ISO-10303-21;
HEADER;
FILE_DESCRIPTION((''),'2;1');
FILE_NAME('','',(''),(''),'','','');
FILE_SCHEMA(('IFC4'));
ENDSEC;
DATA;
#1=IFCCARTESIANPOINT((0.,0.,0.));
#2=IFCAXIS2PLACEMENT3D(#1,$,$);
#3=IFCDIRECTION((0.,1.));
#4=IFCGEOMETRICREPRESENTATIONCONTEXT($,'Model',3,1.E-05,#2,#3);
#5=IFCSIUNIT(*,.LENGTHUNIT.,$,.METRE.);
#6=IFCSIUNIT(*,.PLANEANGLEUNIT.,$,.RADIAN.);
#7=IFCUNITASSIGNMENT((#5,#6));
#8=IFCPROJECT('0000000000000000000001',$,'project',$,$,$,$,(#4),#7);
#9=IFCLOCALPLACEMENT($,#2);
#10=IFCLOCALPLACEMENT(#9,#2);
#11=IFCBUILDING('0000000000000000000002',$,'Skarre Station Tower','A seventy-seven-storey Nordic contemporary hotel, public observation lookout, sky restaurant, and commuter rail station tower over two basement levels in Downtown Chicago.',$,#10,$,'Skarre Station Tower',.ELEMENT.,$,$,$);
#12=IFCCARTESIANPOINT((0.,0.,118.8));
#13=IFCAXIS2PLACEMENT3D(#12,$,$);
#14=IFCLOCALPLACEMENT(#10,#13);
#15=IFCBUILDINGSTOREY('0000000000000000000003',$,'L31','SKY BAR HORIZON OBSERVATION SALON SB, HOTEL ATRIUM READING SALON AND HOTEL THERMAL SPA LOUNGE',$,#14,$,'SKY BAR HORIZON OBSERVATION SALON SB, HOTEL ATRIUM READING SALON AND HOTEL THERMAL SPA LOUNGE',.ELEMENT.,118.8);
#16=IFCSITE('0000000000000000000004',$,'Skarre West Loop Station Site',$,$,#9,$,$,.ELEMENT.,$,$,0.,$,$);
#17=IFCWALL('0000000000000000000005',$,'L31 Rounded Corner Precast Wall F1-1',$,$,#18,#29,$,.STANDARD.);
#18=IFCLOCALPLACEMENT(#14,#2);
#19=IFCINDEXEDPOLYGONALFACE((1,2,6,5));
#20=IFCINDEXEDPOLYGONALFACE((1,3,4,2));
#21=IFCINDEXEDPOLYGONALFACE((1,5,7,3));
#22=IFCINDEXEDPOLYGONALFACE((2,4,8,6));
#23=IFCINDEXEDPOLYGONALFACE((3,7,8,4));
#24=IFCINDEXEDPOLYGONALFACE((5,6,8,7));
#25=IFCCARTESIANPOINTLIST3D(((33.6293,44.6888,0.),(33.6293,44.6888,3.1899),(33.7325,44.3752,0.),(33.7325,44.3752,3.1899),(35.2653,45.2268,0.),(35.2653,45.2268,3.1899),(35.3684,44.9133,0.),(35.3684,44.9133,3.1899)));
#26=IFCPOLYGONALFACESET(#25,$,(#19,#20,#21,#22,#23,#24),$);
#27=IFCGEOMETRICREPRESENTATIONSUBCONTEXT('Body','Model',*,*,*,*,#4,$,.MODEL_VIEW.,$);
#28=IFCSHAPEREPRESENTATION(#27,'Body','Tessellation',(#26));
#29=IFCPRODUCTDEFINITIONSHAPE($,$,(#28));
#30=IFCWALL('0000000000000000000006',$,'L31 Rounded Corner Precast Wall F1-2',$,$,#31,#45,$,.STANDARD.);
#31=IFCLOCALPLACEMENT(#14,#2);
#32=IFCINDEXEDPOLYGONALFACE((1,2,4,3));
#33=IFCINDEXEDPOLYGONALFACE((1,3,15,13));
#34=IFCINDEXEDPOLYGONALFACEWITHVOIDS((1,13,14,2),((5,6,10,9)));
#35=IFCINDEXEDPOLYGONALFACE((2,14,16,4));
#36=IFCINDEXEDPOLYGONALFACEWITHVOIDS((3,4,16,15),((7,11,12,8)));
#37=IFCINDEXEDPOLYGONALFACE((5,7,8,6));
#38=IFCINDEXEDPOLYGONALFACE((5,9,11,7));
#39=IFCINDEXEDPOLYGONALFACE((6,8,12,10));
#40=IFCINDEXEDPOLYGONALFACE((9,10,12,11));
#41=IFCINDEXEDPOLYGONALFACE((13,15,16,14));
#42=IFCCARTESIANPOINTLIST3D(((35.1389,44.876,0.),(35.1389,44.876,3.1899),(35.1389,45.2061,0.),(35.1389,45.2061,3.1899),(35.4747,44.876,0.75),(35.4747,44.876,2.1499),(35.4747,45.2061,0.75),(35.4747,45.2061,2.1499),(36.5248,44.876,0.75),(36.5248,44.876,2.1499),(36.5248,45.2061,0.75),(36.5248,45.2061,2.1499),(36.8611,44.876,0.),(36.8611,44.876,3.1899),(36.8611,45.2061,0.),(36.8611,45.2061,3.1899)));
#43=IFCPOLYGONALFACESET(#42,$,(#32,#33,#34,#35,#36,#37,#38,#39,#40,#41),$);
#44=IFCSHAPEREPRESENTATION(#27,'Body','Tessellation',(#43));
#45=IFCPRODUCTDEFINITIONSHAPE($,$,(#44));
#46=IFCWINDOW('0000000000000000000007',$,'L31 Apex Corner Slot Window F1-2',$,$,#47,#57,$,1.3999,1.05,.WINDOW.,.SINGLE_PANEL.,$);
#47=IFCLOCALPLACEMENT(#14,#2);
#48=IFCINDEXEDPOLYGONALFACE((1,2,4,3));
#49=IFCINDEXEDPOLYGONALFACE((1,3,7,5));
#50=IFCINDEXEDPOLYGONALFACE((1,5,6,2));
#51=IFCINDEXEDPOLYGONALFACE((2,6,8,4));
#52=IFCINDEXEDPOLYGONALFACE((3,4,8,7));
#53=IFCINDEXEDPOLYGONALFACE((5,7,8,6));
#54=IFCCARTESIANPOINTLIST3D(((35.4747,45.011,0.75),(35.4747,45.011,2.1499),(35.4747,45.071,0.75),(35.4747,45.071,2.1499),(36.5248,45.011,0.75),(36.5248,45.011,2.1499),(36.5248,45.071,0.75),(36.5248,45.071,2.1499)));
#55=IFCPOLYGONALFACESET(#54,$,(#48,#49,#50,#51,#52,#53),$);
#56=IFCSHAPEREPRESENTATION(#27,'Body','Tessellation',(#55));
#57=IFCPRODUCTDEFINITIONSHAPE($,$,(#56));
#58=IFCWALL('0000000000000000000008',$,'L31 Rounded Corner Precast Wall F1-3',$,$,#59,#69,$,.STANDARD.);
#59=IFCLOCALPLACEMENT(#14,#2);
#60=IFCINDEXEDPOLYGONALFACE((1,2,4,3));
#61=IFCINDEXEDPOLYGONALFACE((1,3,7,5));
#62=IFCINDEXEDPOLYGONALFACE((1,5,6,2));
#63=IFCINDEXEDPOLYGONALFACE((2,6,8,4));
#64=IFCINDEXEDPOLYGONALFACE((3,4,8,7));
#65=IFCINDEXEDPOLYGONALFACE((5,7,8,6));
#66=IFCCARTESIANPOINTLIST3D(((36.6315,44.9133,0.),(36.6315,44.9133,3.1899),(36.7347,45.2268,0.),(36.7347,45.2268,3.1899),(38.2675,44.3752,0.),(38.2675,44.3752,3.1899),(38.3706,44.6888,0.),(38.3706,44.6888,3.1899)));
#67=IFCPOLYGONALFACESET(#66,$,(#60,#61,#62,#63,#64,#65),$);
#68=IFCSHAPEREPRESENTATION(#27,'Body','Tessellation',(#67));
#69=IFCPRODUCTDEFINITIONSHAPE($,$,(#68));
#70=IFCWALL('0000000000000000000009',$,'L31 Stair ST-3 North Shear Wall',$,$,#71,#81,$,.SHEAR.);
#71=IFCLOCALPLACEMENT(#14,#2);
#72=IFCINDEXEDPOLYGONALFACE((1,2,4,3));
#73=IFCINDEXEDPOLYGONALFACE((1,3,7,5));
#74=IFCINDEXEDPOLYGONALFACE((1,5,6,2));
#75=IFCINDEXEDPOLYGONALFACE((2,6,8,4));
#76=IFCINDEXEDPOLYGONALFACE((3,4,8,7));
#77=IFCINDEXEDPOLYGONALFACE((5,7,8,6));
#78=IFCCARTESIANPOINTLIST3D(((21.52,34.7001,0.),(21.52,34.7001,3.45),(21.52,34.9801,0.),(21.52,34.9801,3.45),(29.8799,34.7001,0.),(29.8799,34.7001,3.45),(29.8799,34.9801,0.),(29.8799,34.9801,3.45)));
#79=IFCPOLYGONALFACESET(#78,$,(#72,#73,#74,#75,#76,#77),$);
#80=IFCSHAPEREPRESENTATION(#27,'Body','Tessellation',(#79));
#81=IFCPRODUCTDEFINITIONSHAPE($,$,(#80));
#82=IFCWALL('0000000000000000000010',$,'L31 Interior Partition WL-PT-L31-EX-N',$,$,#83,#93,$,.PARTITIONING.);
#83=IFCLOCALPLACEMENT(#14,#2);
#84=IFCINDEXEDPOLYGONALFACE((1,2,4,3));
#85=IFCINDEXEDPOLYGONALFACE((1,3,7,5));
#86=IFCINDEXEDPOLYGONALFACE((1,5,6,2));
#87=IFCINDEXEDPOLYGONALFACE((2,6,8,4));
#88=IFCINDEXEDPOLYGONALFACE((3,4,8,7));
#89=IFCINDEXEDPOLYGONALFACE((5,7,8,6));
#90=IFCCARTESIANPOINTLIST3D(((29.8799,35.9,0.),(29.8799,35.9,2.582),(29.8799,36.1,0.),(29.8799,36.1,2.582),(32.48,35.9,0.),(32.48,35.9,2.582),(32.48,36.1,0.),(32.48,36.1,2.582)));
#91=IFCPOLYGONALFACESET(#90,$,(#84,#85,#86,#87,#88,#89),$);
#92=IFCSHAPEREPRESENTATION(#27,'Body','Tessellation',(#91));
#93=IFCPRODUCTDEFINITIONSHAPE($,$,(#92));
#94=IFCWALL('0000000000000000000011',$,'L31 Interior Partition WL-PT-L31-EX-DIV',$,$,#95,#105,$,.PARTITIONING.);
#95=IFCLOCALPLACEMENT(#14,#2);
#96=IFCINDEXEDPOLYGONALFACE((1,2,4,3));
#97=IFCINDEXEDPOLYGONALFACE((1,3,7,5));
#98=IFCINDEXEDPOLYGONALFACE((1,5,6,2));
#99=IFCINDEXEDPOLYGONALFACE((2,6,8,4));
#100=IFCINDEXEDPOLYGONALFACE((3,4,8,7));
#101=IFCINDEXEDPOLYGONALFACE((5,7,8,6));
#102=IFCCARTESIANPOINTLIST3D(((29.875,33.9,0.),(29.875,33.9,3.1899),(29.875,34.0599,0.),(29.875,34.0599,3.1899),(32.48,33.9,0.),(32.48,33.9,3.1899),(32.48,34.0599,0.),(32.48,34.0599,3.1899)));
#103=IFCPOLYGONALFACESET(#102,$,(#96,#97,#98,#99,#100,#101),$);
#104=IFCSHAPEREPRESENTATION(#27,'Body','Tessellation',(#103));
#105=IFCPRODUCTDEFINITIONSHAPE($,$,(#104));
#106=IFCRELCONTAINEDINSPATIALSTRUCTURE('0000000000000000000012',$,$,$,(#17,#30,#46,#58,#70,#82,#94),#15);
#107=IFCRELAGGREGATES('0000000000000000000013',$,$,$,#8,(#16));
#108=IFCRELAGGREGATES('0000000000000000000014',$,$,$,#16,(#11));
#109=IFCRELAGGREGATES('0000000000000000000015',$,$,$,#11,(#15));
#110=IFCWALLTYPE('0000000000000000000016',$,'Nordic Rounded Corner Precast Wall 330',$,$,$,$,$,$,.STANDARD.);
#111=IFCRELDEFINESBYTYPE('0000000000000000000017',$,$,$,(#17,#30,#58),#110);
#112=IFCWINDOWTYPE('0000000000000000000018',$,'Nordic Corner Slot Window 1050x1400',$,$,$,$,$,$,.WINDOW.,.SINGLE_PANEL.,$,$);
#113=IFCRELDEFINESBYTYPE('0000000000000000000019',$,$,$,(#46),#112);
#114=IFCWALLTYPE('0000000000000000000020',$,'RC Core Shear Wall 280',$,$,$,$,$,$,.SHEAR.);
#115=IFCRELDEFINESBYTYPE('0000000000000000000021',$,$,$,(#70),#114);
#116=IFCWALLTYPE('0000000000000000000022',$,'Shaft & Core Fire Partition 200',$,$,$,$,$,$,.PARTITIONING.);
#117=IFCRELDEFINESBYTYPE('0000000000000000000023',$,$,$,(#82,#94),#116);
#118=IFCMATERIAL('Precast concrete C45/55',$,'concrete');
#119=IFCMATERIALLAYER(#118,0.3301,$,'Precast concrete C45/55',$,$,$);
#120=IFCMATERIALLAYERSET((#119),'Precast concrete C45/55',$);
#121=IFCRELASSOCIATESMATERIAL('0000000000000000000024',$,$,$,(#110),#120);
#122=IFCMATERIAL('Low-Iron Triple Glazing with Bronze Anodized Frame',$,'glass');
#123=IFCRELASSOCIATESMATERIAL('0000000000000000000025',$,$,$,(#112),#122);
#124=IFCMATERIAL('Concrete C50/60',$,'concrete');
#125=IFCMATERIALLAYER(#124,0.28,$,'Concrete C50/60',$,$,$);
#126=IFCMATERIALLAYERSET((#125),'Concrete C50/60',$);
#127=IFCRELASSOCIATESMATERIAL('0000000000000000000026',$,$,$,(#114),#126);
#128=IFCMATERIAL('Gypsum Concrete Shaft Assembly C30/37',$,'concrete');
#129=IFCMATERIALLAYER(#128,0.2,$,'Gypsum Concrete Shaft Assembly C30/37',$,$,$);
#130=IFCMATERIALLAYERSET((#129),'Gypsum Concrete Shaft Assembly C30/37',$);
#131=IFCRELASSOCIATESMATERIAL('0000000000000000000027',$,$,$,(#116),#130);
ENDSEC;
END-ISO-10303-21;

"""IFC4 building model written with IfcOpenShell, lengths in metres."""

from ifc_helpers import new_model, si_unit, direction, frame, frame_2d, origin, place, context, subcontext, project, spatial, rectangle, extrude, material, layer, layer_set, type_object, element, fill, save


model = new_model("IFC4")

# Units and contexts
model_context = context("Model", 3, precision=1e-05, world=origin(), true_north=direction((0.0, 1.0)))
body_context = subcontext(model_context, "Body", "Model", "MODEL_VIEW")
ifc_project = project(units=[si_unit("LENGTHUNIT", "METRE"), si_unit("PLANEANGLEUNIT", "RADIAN")], contexts=[model_context])

# Site, building, storey
site_placement = place(None, origin())
site = spatial("IfcSite", under=ifc_project, at=site_placement, Name="Skarre West Loop Station Site", CompositionType="ELEMENT", RefElevation=0.0)
building_placement = place(site_placement, origin())
building = spatial("IfcBuilding", under=site, at=building_placement, Name="Skarre Station Tower", Description="A seventy-seven-storey Nordic contemporary hotel, public observation lookout, sky restaurant, and commuter rail station tower over two basement levels in Downtown Chicago.", LongName="Skarre Station Tower", CompositionType="ELEMENT")
storey_placement = place(building_placement, frame((0.0, 0.0, 118.8)))
storey = spatial("IfcBuildingStorey", under=building, at=storey_placement, Name="L31", Description="SKY BAR HORIZON OBSERVATION SALON SB, HOTEL ATRIUM READING SALON AND HOTEL THERMAL SPA LOUNGE", LongName="SKY BAR HORIZON OBSERVATION SALON SB, HOTEL ATRIUM READING SALON AND HOTEL THERMAL SPA LOUNGE", CompositionType="ELEMENT", Elevation=118.8)

# Wall
ifc_material_1 = material(Name="Precast concrete C45/55", Category="concrete")
ifc_layer_1 = layer(ifc_material_1, 0.3301, Name="Precast concrete C45/55")
ifc_layer_set_1 = layer_set([ifc_layer_1], Name="Precast concrete C45/55")
wall_type_1 = type_object("IfcWallType", Name="Nordic Rounded Corner Precast Wall 330", PredefinedType="STANDARD", material=ifc_layer_set_1)
wall_1_placement = place(storey_placement, frame((33.6809, 44.532, 0.0), z_axis=(0.0, 0.0, 1.0), x_axis=(0.949937, 0.31244, 0.0)))
element("IfcWall", 1, at=wall_1_placement, inside=storey, type_object=wall_type_1, Name="L31 Rounded Corner Precast Wall F1-1", PredefinedType="STANDARD", context=body_context, shape_type="SweptSolid", body=[
    extrude(rectangle(XDim=1.7222, YDim=0.3301, at=frame_2d((0.8611, 0.0))), origin(), (0.0, 0.0, 1.0), 3.1899),
])

# Wall, opening, window
wall_2_placement = place(storey_placement, frame((35.1389, 45.041, 0.0), z_axis=(0.0, 0.0, 1.0), x_axis=(1.0, 0.0, 0.0)))
wall_2 = element("IfcWall", 2, at=wall_2_placement, inside=storey, type_object=wall_type_1, Name="L31 Rounded Corner Precast Wall F1-2", PredefinedType="STANDARD", context=body_context, shape_type="SweptSolid", body=[
    extrude(rectangle(XDim=1.7222, YDim=0.3301, at=frame_2d((0.8611, 0.0))), origin(), (0.0, 0.0, 1.0), 3.1899),
])
opening_1_placement = place(wall_2_placement, frame((0.3359, 0.0, 0.75)))
opening_1 = element("IfcOpeningElement", 3, at=opening_1_placement, cuts=wall_2, PredefinedType="OPENING", context=body_context, shape_type="SweptSolid", body=[
    extrude(rectangle(XDim=1.05, YDim=1.3999, at=frame_2d((0.5249, 0.7))), frame((0.0, 0.175, 0.0), z_axis=(0.0, -1.0, 0.0), x_axis=(1.0, 0.0, 0.0)), (0.0, 0.0, 1.0), 0.3501),
])
ifc_material_2 = material(Name="Low-Iron Triple Glazing with Bronze Anodized Frame", Category="glass")
window_type = type_object("IfcWindowType", Name="Nordic Corner Slot Window 1050x1400", PartitioningType="SINGLE_PANEL", PredefinedType="WINDOW", material=ifc_material_2)
window_placement = place(opening_1_placement, origin())
window = element("IfcWindow", 4, at=window_placement, inside=storey, type_object=window_type, Name="L31 Apex Corner Slot Window F1-2", OverallHeight=1.3999, OverallWidth=1.05, PartitioningType="SINGLE_PANEL", PredefinedType="WINDOW", context=body_context, shape_type="SweptSolid", body=[
    extrude(rectangle(XDim=1.05, YDim=1.3999, at=frame_2d((0.5249, 0.7))), frame((0.0, 0.03, 0.0), z_axis=(0.0, -1.0, 0.0), x_axis=(1.0, 0.0, 0.0)), (0.0, 0.0, 1.0), 0.0601),
])
fill(opening_1, window)

# Walls
wall_3_placement = place(storey_placement, frame((36.6831, 45.0701, 0.0), z_axis=(0.0, 0.0, 1.0), x_axis=(0.949937, -0.31244, 0.0)))
element("IfcWall", 5, at=wall_3_placement, inside=storey, type_object=wall_type_1, Name="L31 Rounded Corner Precast Wall F1-3", PredefinedType="STANDARD", context=body_context, shape_type="SweptSolid", body=[
    extrude(rectangle(XDim=1.7222, YDim=0.3301, at=frame_2d((0.8611, 0.0))), origin(), (0.0, 0.0, 1.0), 3.1899),
])
ifc_material_3 = material(Name="Concrete C50/60", Category="concrete")
ifc_layer_2 = layer(ifc_material_3, 0.28, Name="Concrete C50/60")
ifc_layer_set_2 = layer_set([ifc_layer_2], Name="Concrete C50/60")
wall_type_2 = type_object("IfcWallType", Name="RC Core Shear Wall 280", PredefinedType="SHEAR", material=ifc_layer_set_2)
wall_4_placement = place(storey_placement, frame((29.8799, 34.8401, 0.0), z_axis=(0.0, 0.0, 1.0), x_axis=(-1.0, 0.0, 0.0)))
element("IfcWall", 6, at=wall_4_placement, inside=storey, type_object=wall_type_2, Name="L31 Stair ST-3 North Shear Wall", PredefinedType="SHEAR", context=body_context, shape_type="SweptSolid", body=[
    extrude(rectangle(XDim=8.3599, YDim=0.28, at=frame_2d((4.1799, 0.0))), origin(), (0.0, 0.0, 1.0), 3.45),
])
ifc_material_4 = material(Name="Gypsum Concrete Shaft Assembly C30/37", Category="concrete")
ifc_layer_3 = layer(ifc_material_4, 0.2, Name="Gypsum Concrete Shaft Assembly C30/37")
ifc_layer_set_3 = layer_set([ifc_layer_3], Name="Gypsum Concrete Shaft Assembly C30/37")
wall_type_3 = type_object("IfcWallType", Name="Shaft & Core Fire Partition 200", PredefinedType="PARTITIONING", material=ifc_layer_set_3)
wall_5_placement = place(storey_placement, frame((29.8799, 36.0, 0.0), z_axis=(0.0, 0.0, 1.0), x_axis=(1.0, 0.0, 0.0)))
element("IfcWall", 7, at=wall_5_placement, inside=storey, type_object=wall_type_3, Name="L31 Interior Partition WL-PT-L31-EX-N", PredefinedType="PARTITIONING", context=body_context, shape_type="SweptSolid", body=[
    extrude(rectangle(XDim=2.6001, YDim=0.2, at=frame_2d((1.3, 0.0))), origin(), (0.0, 0.0, 1.0), 2.582),
])
wall_6_placement = place(storey_placement, frame((29.875, 33.98, 0.0), z_axis=(0.0, 0.0, 1.0), x_axis=(1.0, 0.0, 0.0)))
element("IfcWall", 8, at=wall_6_placement, inside=storey, type_object=wall_type_3, Name="L31 Interior Partition WL-PT-L31-EX-DIV", PredefinedType="PARTITIONING", context=body_context, shape_type="SweptSolid", body=[
    extrude(rectangle(XDim=2.605, YDim=0.1599, at=frame_2d((1.3025, 0.0))), origin(), (0.0, 0.0, 1.0), 3.1899),
])

save(model, "model.ifc")
